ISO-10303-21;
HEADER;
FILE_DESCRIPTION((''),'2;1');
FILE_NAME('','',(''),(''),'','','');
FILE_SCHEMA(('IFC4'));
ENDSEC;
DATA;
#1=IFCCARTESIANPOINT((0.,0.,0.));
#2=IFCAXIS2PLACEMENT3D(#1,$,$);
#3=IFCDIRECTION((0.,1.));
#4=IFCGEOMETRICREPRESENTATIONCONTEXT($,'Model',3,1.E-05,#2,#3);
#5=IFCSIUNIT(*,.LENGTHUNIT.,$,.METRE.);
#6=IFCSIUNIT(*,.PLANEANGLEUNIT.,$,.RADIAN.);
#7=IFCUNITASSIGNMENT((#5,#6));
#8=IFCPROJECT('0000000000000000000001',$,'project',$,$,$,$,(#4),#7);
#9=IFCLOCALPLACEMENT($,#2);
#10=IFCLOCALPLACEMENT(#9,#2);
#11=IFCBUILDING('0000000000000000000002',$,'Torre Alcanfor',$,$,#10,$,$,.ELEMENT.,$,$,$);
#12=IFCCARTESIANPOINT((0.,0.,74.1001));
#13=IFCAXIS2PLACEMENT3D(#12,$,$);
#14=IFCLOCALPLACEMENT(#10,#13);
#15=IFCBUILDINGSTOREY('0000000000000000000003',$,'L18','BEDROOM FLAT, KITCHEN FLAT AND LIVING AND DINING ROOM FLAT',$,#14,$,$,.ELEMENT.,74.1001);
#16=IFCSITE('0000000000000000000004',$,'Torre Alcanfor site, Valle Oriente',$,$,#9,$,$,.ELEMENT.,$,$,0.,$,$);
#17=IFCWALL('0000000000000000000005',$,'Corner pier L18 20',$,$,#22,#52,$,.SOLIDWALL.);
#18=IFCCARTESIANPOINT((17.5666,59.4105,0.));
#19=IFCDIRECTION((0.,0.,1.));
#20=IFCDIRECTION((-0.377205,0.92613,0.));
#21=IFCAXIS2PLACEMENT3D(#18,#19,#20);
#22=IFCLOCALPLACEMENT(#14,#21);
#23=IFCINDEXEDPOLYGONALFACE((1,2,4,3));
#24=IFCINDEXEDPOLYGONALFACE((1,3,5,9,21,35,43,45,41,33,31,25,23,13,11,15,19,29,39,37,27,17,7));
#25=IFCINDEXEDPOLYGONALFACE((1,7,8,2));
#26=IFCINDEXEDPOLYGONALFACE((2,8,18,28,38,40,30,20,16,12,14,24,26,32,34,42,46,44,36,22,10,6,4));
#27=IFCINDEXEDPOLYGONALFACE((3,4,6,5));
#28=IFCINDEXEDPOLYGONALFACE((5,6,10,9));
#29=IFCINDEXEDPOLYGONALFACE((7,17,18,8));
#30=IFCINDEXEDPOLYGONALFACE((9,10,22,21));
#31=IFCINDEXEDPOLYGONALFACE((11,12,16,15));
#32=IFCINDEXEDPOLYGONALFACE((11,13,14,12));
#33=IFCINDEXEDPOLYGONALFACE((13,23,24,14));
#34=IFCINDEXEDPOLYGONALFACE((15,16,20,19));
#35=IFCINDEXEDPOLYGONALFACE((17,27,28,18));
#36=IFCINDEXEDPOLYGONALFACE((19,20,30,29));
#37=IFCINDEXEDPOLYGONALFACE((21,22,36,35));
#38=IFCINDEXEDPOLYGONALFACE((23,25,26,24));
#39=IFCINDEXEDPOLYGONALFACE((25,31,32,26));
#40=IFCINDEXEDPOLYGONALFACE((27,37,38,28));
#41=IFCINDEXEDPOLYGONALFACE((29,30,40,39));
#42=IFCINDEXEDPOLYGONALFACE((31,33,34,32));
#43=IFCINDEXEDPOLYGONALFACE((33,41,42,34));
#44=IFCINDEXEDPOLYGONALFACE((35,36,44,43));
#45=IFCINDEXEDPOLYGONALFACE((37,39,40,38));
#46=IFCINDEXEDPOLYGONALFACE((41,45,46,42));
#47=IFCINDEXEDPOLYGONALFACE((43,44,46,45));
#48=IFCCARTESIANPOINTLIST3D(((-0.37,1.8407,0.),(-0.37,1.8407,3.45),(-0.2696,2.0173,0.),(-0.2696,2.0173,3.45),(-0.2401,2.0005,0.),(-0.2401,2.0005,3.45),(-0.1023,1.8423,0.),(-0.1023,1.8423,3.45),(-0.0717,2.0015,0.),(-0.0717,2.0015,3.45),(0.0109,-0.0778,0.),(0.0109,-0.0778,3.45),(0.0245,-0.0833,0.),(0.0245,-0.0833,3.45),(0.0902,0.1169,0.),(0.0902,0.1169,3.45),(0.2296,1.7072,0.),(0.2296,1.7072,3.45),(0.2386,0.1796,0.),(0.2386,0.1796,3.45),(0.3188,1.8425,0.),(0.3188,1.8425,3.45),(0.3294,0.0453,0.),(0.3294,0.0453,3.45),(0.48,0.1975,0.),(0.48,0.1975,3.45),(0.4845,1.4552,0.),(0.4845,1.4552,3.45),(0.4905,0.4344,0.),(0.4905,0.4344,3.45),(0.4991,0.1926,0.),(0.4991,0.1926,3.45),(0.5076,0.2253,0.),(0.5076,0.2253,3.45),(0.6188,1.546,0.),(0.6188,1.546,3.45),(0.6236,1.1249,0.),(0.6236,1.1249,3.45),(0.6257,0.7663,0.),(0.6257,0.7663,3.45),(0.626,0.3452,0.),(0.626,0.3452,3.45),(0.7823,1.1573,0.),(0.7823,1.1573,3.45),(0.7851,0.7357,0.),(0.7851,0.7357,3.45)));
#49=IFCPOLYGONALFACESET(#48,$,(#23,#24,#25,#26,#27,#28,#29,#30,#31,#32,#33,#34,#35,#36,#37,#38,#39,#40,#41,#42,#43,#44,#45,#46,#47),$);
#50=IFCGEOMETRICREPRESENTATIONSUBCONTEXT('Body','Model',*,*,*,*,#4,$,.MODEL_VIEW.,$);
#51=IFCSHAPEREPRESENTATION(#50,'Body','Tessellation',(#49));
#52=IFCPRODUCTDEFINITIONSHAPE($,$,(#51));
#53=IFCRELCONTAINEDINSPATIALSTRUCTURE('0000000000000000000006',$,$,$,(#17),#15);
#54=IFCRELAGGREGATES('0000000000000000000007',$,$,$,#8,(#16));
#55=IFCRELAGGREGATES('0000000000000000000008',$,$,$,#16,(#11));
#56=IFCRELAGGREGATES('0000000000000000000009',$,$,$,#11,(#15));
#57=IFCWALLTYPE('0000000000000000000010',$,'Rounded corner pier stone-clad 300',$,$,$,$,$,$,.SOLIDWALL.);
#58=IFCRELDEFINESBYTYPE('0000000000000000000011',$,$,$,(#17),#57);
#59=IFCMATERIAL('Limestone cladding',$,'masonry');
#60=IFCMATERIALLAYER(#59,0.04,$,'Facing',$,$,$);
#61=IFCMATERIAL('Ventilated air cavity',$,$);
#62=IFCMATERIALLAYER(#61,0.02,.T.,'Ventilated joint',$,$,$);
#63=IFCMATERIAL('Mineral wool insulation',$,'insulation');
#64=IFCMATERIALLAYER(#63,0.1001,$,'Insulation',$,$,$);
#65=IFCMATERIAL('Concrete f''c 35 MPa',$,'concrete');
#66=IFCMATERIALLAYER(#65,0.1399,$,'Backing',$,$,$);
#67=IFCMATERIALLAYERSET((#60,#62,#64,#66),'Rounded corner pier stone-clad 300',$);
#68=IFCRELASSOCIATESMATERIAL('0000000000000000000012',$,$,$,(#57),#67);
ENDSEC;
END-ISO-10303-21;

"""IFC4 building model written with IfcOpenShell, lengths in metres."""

from ifc_helpers import new_model, si_unit, direction, frame, origin, place, context, subcontext, project, spatial, polyline, outline, extrude, material, layer, layer_set, type_object, element, save


model = new_model("IFC4")

# Units and contexts
model_context = context("Model", 3, precision=1e-05, world=origin(), true_north=direction((0.0, 1.0)))
body_context = subcontext(model_context, "Body", "Model", "MODEL_VIEW")
ifc_project = project(units=[si_unit("LENGTHUNIT", "METRE"), si_unit("PLANEANGLEUNIT", "RADIAN")], contexts=[model_context])

# Site, building, storey
site_placement = place(None, origin())
site = spatial("IfcSite", under=ifc_project, at=site_placement, Name="Torre Alcanfor site, Valle Oriente", CompositionType="ELEMENT", RefElevation=0.0)
building_placement = place(site_placement, origin())
building = spatial("IfcBuilding", under=site, at=building_placement, Name="Torre Alcanfor", CompositionType="ELEMENT")
storey_placement = place(building_placement, frame((0.0, 0.0, 74.1001)))
storey = spatial("IfcBuildingStorey", under=building, at=storey_placement, Name="L18", Description="BEDROOM FLAT, KITCHEN FLAT AND LIVING AND DINING ROOM FLAT", CompositionType="ELEMENT", Elevation=74.1001)

# Wall
ifc_material_1 = material(Name="Limestone cladding", Category="masonry")
ifc_layer_1 = layer(ifc_material_1, 0.04, Name="Facing")
ifc_material_2 = material(Name="Ventilated air cavity")
ifc_layer_2 = layer(ifc_material_2, 0.02, ventilated=True, Name="Ventilated joint")
ifc_material_3 = material(Name="Mineral wool insulation", Category="insulation")
ifc_layer_3 = layer(ifc_material_3, 0.1001, Name="Insulation")
ifc_material_4 = material(Name="Concrete f'c 35 MPa", Category="concrete")
ifc_layer_4 = layer(ifc_material_4, 0.1399, Name="Backing")
ifc_layer_set_1 = layer_set([ifc_layer_1, ifc_layer_2, ifc_layer_3, ifc_layer_4], Name="Rounded corner pier stone-clad 300")
wall_type_1 = type_object("IfcWallType", Name="Rounded corner pier stone-clad 300", PredefinedType="SOLIDWALL", material=ifc_layer_set_1)
wall_1_placement = place(storey_placement, frame((17.5666, 59.4105, 0.0), z_axis=(0.0, 0.0, 1.0), x_axis=(-0.377205, 0.92613, 0.0)))
element("IfcWall", 1, at=wall_1_placement, inside=storey, type_object=wall_type_1, Name="Corner pier L18 20", PredefinedType="SOLIDWALL", context=body_context, shape_type="SweptSolid", body=[
    extrude(outline(polyline([(-0.2696, 2.0173), (-0.37, 1.8407), (-0.1023, 1.8423), (0.2296, 1.7072), (0.4845, 1.4552), (0.6236, 1.1249), (0.6257, 0.7663), (0.4905, 0.4344), (0.2386, 0.1796), (0.0902, 0.1169), (0.0109, -0.0778), (0.0245, -0.0833), (0.3294, 0.0453), (0.48, 0.1975), (0.4991, 0.1926), (0.5076, 0.2253), (0.626, 0.3452), (0.7851, 0.7357), (0.7823, 1.1573), (0.6188, 1.546), (0.3188, 1.8425), (-0.0717, 2.0015), (-0.2401, 2.0005), (-0.2696, 2.0173)])), origin(), (0.0, 0.0, 1.0), 3.45),
])

save(model, "model.ifc")
